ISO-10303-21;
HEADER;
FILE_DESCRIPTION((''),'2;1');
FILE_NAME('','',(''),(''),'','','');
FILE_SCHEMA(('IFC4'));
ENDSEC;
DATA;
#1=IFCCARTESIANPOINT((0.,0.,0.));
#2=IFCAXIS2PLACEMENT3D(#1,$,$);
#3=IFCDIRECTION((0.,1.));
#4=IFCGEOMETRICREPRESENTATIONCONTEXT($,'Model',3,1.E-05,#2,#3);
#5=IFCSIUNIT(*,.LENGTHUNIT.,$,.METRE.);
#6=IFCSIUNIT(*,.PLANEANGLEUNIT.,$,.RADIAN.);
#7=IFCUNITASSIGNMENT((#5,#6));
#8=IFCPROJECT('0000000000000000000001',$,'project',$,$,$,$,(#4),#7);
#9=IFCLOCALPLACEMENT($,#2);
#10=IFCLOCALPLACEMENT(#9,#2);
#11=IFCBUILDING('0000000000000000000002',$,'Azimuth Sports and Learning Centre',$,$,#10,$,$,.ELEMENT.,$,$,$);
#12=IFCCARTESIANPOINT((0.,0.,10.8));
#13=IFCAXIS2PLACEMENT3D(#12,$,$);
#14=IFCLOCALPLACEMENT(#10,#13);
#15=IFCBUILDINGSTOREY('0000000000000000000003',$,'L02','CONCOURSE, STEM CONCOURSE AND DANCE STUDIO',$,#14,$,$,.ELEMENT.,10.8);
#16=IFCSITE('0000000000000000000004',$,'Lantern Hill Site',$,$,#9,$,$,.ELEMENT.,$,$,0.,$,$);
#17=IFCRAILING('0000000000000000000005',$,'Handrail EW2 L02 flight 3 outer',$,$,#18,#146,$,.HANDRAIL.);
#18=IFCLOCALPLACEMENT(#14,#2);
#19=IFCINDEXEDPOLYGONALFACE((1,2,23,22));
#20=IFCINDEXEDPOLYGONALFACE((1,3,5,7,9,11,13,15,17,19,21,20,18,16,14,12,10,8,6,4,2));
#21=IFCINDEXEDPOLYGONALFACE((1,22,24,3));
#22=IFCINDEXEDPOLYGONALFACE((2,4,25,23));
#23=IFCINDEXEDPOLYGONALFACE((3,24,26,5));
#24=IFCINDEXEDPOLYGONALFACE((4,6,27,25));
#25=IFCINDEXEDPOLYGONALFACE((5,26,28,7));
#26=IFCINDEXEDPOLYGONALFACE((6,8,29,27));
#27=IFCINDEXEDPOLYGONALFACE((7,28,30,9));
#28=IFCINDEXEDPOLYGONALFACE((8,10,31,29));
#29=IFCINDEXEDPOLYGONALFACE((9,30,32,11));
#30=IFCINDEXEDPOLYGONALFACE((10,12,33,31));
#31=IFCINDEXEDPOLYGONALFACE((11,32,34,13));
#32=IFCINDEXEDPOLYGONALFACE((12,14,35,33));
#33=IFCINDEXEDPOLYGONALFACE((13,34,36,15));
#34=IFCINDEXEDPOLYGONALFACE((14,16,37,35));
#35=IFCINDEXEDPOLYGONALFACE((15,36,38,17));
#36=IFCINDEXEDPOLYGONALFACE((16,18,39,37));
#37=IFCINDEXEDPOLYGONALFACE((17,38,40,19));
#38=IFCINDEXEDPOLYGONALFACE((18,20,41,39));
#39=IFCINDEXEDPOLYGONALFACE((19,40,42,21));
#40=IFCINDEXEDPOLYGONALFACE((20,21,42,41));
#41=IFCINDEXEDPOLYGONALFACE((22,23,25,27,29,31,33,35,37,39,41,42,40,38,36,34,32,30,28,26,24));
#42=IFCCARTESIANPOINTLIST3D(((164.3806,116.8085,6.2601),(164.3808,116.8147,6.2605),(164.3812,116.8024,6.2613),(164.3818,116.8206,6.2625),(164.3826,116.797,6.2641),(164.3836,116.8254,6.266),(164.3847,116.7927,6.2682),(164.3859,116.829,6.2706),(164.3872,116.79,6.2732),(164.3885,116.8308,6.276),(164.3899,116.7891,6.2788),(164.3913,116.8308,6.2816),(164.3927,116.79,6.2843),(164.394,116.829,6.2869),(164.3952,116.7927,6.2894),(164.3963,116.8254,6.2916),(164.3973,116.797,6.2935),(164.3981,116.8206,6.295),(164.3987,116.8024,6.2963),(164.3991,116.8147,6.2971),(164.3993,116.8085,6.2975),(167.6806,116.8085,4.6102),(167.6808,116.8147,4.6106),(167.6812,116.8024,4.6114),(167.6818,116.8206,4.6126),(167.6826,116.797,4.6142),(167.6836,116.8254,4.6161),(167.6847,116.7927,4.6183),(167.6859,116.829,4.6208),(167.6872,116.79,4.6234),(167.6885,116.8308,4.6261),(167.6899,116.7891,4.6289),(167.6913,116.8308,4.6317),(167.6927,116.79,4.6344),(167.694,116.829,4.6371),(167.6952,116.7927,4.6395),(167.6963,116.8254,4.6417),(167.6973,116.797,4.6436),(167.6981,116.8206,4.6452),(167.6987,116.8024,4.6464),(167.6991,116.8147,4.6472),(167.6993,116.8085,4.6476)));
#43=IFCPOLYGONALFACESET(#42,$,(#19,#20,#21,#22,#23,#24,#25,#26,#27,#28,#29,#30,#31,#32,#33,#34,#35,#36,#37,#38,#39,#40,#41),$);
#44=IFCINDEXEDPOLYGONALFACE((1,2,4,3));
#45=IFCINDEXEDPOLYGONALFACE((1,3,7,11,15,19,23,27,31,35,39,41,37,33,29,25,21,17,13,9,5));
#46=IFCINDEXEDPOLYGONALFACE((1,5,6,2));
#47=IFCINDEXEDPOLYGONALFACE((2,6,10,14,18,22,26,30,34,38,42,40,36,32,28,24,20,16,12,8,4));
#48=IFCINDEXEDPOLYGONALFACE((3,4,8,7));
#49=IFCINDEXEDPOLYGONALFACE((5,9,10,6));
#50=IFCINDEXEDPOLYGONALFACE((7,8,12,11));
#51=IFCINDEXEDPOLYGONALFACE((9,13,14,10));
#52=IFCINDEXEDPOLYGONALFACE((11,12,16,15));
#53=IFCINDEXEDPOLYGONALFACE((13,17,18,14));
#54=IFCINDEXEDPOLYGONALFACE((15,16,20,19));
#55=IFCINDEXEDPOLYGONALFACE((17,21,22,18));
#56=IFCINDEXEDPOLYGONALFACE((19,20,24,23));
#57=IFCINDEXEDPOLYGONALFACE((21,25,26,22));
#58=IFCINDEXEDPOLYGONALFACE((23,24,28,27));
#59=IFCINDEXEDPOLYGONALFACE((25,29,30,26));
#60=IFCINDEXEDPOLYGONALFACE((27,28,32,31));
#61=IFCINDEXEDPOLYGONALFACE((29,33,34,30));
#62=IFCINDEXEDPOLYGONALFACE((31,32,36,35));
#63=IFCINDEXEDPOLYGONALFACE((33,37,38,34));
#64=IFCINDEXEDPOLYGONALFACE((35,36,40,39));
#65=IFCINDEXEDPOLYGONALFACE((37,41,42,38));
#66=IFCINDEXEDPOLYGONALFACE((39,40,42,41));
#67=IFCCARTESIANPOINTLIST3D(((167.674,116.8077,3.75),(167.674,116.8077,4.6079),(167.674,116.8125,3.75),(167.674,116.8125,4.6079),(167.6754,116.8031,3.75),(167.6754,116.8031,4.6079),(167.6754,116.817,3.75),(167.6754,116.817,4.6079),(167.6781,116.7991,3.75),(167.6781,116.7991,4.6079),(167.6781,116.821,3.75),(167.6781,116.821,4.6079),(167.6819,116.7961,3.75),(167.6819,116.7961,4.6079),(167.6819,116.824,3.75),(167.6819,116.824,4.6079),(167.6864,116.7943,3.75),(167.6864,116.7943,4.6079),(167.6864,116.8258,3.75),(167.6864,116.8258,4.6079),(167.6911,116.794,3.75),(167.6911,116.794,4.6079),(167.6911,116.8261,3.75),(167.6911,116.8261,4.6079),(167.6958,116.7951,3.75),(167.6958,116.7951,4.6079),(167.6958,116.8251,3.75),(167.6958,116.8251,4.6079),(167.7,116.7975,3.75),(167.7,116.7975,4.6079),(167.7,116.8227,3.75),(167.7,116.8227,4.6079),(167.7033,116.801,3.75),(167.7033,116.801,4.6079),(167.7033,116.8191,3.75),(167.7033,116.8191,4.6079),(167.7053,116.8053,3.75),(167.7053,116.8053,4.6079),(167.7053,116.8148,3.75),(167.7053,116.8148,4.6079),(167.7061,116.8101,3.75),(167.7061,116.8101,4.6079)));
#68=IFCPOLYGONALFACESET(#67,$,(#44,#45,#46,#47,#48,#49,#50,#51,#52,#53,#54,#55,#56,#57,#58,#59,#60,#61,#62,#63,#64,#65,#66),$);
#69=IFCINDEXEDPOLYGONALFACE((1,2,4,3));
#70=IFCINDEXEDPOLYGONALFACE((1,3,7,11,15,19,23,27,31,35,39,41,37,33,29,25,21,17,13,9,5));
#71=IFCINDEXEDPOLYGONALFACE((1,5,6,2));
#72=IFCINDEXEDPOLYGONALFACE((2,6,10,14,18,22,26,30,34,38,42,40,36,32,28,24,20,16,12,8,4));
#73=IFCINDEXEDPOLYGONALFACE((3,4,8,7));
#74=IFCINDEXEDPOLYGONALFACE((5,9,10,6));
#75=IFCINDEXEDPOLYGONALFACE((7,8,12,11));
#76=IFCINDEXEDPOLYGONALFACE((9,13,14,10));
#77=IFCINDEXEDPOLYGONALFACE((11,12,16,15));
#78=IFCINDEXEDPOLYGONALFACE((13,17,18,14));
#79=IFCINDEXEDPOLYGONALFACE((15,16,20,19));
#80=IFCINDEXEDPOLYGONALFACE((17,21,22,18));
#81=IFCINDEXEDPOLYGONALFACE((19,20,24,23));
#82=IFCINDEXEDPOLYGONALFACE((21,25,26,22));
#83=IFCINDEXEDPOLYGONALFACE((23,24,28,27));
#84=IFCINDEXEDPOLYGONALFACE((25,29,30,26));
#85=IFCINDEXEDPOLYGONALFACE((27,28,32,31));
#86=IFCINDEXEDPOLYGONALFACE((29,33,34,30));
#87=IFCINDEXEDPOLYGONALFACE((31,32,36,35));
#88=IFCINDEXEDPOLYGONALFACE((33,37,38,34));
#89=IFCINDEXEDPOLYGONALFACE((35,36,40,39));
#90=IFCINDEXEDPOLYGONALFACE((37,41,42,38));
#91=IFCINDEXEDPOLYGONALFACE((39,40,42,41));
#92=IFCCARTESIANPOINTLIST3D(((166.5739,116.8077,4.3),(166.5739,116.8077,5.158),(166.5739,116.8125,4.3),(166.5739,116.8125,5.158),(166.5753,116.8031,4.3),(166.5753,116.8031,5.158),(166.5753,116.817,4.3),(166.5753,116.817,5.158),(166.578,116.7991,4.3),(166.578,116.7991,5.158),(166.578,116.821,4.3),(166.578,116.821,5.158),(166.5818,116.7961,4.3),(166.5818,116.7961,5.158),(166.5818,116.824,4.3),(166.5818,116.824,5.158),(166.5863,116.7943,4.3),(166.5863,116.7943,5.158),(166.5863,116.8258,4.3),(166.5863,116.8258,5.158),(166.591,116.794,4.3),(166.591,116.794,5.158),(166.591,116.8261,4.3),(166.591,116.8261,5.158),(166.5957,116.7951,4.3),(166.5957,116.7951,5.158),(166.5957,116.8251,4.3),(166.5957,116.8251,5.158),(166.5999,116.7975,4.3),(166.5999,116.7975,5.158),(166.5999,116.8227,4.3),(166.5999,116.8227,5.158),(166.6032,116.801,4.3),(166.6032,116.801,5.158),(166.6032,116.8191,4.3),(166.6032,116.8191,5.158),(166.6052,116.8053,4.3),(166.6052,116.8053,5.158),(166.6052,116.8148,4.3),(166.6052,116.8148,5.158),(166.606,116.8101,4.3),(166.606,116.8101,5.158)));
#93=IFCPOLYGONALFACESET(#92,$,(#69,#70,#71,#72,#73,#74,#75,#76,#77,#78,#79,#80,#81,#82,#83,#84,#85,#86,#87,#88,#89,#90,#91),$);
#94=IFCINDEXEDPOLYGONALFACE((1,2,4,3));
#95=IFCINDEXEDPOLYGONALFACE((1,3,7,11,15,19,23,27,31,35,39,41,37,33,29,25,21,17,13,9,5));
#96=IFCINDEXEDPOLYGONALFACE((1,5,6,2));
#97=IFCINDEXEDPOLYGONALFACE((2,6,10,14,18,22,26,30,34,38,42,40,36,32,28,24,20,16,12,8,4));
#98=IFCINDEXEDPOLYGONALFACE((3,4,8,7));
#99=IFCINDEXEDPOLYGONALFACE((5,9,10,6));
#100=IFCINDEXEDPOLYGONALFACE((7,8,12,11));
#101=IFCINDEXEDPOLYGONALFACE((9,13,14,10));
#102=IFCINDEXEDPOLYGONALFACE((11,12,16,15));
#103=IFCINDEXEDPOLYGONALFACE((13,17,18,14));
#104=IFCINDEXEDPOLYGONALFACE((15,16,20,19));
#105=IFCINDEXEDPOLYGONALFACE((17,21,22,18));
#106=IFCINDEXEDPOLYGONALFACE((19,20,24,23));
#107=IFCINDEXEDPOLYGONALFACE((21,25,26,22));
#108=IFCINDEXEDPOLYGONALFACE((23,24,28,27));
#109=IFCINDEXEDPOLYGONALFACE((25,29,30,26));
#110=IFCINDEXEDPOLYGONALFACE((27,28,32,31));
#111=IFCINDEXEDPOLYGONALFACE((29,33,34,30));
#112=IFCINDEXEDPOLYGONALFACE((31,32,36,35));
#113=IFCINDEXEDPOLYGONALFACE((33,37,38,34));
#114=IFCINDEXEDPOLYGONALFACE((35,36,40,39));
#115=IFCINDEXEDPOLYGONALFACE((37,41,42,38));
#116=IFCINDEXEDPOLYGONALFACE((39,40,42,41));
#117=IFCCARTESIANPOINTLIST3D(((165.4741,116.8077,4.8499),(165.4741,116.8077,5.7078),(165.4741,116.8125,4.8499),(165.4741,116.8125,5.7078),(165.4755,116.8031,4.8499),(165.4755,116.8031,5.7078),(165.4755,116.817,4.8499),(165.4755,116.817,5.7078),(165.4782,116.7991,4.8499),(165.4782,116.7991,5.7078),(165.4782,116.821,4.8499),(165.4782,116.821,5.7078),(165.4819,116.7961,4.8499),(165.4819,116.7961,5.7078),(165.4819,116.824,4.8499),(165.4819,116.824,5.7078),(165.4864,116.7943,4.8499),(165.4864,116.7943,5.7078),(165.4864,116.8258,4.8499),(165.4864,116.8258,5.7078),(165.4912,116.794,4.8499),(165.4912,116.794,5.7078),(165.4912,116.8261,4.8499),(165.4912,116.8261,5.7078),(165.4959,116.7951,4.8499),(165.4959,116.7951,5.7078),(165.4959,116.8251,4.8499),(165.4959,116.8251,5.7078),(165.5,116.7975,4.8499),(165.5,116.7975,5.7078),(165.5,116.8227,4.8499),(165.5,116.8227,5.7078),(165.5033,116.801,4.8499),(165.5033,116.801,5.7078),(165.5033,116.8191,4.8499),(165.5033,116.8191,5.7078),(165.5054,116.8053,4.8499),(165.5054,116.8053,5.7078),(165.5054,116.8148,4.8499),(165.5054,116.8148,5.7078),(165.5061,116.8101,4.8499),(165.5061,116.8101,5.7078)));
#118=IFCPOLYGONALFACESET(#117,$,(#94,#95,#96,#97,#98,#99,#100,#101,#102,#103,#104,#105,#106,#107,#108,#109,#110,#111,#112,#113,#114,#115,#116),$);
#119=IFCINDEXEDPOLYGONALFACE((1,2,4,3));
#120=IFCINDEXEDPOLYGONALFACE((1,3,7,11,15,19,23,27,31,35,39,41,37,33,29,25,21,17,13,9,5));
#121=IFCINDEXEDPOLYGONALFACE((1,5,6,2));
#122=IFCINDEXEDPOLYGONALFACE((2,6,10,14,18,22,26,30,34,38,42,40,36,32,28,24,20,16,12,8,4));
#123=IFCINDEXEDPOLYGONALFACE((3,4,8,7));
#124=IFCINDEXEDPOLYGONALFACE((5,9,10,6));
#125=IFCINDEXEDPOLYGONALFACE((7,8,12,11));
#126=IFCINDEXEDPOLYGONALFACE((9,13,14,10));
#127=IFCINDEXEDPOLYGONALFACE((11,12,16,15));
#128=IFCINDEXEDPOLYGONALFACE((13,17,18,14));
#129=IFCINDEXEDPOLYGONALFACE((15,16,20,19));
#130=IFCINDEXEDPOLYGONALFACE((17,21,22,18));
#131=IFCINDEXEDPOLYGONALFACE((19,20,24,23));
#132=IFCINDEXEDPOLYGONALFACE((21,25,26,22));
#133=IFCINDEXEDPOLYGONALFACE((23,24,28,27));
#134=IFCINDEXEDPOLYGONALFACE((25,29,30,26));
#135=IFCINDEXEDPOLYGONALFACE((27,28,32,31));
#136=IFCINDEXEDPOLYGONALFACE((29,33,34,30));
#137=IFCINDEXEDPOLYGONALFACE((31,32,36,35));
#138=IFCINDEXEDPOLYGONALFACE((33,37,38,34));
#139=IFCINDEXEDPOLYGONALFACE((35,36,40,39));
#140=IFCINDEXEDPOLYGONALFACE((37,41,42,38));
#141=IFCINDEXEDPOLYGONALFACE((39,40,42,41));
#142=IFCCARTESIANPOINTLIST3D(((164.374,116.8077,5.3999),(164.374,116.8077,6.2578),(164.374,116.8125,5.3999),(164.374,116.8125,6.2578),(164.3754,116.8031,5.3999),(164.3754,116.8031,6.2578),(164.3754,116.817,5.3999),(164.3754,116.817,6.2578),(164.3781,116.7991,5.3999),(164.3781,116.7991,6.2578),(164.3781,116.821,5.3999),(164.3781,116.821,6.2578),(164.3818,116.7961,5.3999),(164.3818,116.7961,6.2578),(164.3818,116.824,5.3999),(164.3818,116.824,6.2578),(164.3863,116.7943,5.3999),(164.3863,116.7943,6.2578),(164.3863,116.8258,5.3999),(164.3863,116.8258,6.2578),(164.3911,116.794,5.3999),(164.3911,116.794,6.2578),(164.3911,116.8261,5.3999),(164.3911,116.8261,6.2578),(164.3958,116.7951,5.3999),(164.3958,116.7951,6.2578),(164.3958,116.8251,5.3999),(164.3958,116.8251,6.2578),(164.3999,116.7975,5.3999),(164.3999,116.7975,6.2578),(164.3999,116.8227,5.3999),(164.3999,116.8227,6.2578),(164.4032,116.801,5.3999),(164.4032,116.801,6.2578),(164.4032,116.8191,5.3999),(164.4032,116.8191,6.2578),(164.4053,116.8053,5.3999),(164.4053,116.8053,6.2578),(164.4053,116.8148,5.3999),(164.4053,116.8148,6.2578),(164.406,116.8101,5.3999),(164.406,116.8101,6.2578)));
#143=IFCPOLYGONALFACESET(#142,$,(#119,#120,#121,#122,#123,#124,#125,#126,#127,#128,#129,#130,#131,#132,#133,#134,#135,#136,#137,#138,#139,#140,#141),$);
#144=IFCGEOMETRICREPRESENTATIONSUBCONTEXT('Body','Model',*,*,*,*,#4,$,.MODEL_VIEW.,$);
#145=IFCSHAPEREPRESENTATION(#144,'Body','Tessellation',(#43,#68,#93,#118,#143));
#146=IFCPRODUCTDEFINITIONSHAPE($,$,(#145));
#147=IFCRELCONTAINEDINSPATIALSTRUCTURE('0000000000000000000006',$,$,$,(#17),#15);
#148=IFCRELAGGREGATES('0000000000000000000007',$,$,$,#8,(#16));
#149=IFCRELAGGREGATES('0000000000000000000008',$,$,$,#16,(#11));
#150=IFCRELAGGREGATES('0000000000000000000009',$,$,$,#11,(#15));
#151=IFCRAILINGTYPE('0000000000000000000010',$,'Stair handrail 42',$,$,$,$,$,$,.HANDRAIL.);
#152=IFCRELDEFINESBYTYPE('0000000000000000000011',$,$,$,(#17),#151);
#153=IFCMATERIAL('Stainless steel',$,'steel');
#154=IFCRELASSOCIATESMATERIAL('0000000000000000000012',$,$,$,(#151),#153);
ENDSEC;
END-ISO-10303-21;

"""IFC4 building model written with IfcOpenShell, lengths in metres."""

from ifc_helpers import new_model, si_unit, direction, frame, origin, origin_2d, place, context, subcontext, project, spatial, circle, extrude, material, type_object, element, save


model = new_model("IFC4")

# Units and contexts
model_context = context("Model", 3, precision=1e-05, world=origin(), true_north=direction((0.0, 1.0)))
body_context = subcontext(model_context, "Body", "Model", "MODEL_VIEW")
ifc_project = project(units=[si_unit("LENGTHUNIT", "METRE"), si_unit("PLANEANGLEUNIT", "RADIAN")], contexts=[model_context])

# Site, building, storey
site_placement = place(None, origin())
site = spatial("IfcSite", under=ifc_project, at=site_placement, Name="Lantern Hill Site", CompositionType="ELEMENT", RefElevation=0.0)
building_placement = place(site_placement, origin())
building = spatial("IfcBuilding", under=site, at=building_placement, Name="Azimuth Sports and Learning Centre", CompositionType="ELEMENT")
storey_placement = place(building_placement, frame((0.0, 0.0, 10.8)))
storey = spatial("IfcBuildingStorey", under=building, at=storey_placement, Name="L02", Description="CONCOURSE, STEM CONCOURSE AND DANCE STUDIO", CompositionType="ELEMENT", Elevation=10.8)

# Railing
ifc_material_1 = material(Name="Stainless steel", Category="steel")
railing_type_1 = type_object("IfcRailingType", Name="Stair handrail 42", PredefinedType="HANDRAIL", material=ifc_material_1)
for number, where, name in (
    (1, (167.6899, 116.8101, 3.75), "Handrail EW2 L02 flight 3 outer"),
):
    element("IfcRailing", number, at=place(storey_placement, frame(where)), inside=storey, type_object=railing_type_1, Name=name, PredefinedType="HANDRAIL", context=body_context, shape_type="SweptSolid", body=[
        extrude(circle(Radius=0.021, at=origin_2d()), frame((0.0, 0.0, 0.8789), z_axis=(-0.89444, 0.0, 0.447187), x_axis=(0.0, -1.0, 0.0)), (0.0, 0.0, 1.0), 3.6895),
        extrude(circle(Radius=0.0161, at=origin_2d()), origin(), (0.0, 0.0, 1.0), 0.8579),
        extrude(circle(Radius=0.0161, at=origin_2d()), frame((-1.1001, 0.0, 0.55)), (0.0, 0.0, 1.0), 0.8579),
        extrude(circle(Radius=0.0161, at=origin_2d()), frame((-2.2, 0.0, 1.0999)), (0.0, 0.0, 1.0), 0.8579),
        extrude(circle(Radius=0.0161, at=origin_2d()), frame((-3.3, 0.0, 1.6499)), (0.0, 0.0, 1.0), 0.8579),
    ])

save(model, "model.ifc")
